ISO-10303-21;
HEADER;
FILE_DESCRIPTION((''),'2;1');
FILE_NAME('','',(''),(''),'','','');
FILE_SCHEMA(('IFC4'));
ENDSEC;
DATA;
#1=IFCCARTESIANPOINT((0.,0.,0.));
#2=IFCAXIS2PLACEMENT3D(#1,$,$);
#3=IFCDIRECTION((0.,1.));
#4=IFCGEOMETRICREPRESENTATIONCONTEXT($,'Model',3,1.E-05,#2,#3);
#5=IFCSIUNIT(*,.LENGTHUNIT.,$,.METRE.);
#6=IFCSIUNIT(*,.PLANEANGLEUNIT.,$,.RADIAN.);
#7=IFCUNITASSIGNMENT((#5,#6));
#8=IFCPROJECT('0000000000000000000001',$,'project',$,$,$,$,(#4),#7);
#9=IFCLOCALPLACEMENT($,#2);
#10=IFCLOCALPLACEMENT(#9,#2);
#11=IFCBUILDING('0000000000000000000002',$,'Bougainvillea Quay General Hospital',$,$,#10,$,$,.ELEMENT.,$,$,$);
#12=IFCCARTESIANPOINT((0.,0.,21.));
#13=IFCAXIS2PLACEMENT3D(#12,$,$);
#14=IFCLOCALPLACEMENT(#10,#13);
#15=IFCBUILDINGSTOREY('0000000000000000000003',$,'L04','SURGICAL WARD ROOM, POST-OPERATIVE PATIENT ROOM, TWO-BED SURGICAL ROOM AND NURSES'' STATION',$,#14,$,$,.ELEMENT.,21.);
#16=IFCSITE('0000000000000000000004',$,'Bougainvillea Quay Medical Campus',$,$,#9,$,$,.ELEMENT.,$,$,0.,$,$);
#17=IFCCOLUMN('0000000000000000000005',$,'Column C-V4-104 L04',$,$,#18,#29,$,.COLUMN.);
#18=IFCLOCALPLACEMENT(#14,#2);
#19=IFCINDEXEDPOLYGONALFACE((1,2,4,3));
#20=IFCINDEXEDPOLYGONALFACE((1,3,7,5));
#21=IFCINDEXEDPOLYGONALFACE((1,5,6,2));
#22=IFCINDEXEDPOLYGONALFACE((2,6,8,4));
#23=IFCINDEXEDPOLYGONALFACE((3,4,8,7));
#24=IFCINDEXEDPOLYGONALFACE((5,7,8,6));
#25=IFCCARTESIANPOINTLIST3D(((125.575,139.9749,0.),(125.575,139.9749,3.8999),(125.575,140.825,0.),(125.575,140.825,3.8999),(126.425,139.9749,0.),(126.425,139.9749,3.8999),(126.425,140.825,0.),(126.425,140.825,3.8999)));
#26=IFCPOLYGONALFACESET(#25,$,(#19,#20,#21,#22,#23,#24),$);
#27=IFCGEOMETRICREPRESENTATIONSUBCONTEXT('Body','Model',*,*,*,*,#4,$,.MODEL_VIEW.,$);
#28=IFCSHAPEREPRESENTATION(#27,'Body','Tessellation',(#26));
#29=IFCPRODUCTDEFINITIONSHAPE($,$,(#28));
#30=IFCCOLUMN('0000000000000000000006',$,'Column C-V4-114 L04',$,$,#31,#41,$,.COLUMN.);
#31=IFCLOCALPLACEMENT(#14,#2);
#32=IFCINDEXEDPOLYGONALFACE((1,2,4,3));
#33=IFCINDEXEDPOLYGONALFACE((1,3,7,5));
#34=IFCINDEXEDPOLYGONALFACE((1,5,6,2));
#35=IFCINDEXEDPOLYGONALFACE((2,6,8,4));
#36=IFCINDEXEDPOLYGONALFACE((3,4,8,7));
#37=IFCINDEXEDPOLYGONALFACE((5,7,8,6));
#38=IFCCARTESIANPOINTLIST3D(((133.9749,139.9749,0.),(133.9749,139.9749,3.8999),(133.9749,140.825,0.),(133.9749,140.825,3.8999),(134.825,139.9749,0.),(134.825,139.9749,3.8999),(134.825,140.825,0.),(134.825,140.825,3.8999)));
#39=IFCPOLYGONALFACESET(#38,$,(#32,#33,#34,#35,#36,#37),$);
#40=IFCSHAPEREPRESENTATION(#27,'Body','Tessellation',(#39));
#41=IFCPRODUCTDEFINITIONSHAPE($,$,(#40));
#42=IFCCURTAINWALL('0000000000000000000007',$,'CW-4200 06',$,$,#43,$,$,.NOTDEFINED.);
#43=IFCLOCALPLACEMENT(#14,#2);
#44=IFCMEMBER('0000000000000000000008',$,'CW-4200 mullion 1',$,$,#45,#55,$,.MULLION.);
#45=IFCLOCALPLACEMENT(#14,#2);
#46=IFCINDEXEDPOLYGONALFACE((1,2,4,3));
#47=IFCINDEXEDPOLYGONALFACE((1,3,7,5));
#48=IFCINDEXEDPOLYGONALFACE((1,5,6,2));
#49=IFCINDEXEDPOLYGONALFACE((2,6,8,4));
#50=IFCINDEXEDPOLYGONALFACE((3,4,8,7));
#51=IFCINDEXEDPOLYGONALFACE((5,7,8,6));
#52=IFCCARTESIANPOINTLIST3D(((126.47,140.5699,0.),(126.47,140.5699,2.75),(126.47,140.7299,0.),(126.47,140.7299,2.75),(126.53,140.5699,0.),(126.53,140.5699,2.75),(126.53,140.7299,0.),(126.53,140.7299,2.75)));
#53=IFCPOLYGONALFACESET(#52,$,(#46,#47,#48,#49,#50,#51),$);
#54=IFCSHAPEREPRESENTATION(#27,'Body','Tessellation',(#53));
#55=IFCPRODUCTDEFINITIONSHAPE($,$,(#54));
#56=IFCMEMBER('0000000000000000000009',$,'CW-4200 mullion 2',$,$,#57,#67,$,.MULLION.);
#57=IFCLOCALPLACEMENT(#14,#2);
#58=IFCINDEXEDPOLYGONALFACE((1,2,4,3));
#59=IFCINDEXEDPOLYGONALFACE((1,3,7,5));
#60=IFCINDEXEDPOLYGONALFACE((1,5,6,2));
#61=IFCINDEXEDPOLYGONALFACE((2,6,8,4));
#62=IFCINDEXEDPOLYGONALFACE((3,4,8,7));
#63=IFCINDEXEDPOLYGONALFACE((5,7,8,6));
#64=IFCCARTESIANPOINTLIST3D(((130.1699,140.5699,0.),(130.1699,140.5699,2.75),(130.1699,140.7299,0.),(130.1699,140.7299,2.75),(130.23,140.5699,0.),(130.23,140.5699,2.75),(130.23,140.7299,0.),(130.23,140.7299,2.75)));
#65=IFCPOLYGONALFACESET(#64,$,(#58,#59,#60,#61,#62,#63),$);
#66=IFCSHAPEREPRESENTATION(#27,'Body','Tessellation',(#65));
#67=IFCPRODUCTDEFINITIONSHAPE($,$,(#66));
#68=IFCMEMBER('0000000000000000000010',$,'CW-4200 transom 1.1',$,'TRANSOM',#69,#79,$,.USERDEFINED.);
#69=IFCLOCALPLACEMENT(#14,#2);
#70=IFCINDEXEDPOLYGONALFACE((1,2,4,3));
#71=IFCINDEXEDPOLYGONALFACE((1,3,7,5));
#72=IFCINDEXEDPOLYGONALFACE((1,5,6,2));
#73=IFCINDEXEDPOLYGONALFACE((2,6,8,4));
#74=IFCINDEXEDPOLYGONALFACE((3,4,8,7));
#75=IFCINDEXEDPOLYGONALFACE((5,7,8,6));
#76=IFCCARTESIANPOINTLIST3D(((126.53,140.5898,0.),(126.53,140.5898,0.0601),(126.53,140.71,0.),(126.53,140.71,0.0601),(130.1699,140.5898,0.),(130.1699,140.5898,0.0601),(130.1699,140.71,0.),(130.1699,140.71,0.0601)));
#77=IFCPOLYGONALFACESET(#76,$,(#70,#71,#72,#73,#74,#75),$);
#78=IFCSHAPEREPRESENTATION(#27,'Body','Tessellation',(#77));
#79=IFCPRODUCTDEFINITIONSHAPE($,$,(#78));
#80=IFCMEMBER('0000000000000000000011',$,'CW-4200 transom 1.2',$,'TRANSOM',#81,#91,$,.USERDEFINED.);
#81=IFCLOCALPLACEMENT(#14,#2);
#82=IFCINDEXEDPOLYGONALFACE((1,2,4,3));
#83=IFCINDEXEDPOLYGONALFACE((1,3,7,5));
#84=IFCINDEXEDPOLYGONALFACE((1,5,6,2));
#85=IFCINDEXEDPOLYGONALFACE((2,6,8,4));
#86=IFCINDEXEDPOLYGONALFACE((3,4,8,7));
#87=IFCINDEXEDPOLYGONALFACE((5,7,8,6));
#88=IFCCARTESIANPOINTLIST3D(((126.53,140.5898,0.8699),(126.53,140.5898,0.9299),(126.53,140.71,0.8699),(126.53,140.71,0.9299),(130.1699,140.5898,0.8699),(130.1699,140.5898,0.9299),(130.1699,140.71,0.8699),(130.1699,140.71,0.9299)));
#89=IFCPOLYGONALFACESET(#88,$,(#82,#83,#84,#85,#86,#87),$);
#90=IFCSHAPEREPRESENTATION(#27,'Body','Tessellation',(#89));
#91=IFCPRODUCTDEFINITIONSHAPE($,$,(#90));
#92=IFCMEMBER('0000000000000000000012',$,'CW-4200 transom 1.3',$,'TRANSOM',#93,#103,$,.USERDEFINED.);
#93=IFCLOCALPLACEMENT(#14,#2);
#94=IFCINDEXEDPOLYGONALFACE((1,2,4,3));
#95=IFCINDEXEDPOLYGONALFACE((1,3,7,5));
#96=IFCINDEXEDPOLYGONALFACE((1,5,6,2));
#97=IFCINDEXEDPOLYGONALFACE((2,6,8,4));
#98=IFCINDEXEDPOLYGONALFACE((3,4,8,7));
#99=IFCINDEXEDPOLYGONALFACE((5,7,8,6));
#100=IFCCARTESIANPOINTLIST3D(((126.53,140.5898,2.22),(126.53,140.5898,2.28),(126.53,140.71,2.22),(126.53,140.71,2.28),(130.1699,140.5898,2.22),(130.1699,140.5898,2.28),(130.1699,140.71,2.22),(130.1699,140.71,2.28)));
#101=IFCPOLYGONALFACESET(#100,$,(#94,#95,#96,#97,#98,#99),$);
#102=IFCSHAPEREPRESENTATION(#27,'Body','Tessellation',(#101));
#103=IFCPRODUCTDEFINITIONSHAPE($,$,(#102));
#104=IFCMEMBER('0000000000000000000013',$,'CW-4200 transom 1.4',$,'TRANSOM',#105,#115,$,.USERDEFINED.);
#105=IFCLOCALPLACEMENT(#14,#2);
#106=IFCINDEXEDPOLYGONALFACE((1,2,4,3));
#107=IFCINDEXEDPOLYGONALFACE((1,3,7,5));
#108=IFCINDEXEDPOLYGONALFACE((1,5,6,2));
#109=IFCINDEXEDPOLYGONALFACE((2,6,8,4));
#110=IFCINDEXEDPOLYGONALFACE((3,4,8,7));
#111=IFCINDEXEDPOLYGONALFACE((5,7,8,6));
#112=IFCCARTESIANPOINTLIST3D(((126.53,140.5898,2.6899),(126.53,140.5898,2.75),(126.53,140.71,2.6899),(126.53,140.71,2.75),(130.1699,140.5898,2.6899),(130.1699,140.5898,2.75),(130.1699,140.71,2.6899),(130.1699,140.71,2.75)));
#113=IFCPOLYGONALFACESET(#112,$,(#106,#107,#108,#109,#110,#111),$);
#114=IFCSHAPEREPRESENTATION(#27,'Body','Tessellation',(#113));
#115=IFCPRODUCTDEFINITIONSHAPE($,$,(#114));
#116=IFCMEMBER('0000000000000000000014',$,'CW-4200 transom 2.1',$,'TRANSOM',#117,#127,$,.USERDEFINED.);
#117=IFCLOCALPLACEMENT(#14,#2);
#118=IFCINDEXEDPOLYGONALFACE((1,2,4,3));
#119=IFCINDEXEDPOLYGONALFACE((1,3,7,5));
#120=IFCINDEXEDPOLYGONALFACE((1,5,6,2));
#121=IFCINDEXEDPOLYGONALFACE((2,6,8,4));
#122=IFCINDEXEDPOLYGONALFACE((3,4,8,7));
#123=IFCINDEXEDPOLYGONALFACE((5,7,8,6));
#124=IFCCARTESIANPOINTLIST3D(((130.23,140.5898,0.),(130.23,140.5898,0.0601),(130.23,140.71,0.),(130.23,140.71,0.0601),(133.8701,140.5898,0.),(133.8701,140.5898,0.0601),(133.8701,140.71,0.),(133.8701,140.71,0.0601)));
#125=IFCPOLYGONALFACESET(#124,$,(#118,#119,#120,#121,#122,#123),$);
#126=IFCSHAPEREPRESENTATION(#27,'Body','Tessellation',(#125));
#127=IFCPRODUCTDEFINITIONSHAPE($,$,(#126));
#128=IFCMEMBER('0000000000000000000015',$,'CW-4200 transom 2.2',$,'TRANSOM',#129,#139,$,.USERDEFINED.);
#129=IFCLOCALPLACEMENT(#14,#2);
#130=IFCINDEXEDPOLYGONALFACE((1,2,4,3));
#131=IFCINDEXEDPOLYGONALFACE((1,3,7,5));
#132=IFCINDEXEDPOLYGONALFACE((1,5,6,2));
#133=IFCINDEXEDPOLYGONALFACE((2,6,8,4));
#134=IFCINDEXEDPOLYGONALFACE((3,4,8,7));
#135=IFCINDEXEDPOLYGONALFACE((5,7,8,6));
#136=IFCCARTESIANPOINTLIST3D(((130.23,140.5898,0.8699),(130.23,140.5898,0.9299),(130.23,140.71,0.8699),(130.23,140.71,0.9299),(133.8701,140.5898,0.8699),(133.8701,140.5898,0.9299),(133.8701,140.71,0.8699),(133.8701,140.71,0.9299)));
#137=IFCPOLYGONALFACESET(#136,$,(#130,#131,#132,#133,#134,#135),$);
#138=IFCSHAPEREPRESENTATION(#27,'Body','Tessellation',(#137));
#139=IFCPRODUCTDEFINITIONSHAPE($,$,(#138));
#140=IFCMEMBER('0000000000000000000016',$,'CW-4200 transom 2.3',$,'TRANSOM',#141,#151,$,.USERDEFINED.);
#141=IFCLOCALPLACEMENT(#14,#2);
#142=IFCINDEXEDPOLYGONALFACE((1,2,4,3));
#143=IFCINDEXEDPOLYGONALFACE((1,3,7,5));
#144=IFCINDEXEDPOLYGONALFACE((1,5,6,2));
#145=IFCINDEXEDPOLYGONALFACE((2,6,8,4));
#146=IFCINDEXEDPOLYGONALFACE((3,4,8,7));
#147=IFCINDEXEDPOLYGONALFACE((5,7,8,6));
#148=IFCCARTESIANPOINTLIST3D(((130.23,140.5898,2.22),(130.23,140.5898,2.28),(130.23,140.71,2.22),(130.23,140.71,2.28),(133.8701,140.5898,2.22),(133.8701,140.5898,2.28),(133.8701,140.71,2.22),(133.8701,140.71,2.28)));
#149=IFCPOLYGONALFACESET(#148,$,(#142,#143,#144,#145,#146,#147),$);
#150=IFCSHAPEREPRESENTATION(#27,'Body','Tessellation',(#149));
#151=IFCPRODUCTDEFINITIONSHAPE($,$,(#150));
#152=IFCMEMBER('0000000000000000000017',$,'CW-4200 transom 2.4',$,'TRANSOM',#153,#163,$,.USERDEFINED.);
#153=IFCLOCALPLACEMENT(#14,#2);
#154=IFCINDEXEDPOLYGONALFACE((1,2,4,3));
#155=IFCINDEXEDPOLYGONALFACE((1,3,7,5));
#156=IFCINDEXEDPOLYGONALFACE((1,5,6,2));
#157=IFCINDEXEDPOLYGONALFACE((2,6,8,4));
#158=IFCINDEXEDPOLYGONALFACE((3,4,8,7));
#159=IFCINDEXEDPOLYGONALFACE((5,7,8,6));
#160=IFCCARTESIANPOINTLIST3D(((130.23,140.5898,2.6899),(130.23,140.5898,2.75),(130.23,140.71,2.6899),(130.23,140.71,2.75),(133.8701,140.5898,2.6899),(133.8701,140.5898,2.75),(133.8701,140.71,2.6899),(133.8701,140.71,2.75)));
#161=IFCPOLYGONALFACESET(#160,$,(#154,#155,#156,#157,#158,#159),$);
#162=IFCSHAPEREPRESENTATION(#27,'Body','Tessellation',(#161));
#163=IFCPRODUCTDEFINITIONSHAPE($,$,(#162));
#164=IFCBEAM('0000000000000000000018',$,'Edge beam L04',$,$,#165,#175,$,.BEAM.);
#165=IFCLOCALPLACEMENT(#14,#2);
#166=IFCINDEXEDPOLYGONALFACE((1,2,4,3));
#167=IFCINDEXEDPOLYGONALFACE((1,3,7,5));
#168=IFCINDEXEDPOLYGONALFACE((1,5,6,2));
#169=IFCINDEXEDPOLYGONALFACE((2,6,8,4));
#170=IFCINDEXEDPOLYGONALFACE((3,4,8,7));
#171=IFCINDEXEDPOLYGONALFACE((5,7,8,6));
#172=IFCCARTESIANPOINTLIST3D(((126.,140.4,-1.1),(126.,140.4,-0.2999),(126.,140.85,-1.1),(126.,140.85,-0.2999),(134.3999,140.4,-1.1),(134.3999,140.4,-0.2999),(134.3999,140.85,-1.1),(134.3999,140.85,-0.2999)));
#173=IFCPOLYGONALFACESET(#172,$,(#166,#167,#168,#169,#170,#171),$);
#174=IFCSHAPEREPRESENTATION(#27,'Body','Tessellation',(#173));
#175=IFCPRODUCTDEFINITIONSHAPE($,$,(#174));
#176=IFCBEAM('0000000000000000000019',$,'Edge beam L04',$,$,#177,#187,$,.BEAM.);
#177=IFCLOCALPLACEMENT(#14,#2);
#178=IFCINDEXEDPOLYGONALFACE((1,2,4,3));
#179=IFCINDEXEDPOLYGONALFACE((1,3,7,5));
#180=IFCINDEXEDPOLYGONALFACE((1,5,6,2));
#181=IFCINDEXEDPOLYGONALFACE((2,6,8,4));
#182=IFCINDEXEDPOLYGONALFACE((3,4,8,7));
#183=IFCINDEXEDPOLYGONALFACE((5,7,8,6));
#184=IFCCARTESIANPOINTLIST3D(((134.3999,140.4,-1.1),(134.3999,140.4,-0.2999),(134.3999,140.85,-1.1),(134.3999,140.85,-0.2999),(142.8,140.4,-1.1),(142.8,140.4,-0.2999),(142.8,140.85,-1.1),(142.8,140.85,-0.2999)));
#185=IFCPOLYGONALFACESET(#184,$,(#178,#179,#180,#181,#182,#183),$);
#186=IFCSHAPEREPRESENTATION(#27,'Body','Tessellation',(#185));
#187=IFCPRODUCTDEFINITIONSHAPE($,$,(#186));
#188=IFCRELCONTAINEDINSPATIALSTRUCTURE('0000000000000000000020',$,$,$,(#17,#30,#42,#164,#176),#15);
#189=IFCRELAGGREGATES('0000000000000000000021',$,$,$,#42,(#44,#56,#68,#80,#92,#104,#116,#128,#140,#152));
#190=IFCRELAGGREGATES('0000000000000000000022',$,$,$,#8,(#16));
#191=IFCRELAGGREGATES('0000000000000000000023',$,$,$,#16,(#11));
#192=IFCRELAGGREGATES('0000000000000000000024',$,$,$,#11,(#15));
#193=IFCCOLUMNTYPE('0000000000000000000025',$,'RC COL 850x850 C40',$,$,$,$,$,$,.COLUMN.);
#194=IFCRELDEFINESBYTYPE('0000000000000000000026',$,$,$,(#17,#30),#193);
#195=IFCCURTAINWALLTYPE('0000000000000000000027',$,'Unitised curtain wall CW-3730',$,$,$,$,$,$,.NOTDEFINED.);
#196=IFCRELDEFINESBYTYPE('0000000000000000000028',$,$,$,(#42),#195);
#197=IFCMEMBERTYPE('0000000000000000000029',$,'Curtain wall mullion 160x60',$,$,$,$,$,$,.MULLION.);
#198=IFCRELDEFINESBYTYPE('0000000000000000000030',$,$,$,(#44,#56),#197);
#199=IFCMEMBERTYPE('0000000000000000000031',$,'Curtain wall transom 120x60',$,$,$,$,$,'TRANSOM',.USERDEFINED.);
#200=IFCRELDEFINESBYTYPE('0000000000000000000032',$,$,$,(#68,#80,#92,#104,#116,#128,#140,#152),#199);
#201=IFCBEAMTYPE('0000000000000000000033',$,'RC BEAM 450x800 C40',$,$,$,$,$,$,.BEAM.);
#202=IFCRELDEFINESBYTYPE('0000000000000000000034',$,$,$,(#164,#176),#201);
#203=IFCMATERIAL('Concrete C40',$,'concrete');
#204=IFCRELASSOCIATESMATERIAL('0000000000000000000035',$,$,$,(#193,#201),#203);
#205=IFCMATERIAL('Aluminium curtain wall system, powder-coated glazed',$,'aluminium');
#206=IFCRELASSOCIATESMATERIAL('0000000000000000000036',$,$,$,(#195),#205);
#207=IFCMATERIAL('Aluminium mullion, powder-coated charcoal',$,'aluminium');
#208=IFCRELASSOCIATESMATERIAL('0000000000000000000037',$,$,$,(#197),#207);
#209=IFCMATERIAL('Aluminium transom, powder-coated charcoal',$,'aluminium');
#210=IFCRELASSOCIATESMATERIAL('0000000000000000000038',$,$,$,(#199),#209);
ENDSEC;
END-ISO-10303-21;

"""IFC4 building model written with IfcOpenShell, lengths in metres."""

from ifc_helpers import new_model, si_unit, direction, frame, origin, origin_2d, place, context, subcontext, project, spatial, rectangle, extrude, material, material_profile, profile_set, type_object, element, aggregate, save


model = new_model("IFC4")

# Units and contexts
model_context = context("Model", 3, precision=1e-05, world=origin(), true_north=direction((0.0, 1.0)))
body_context = subcontext(model_context, "Body", "Model", "MODEL_VIEW")
ifc_project = project(units=[si_unit("LENGTHUNIT", "METRE"), si_unit("PLANEANGLEUNIT", "RADIAN")], contexts=[model_context])

# Site, building, storey
site_placement = place(None, origin())
site = spatial("IfcSite", under=ifc_project, at=site_placement, Name="Bougainvillea Quay Medical Campus", CompositionType="ELEMENT", RefElevation=0.0)
building_placement = place(site_placement, origin())
building = spatial("IfcBuilding", under=site, at=building_placement, Name="Bougainvillea Quay General Hospital", CompositionType="ELEMENT")
storey_placement = place(building_placement, frame((0.0, 0.0, 21.0)))
storey = spatial("IfcBuildingStorey", under=building, at=storey_placement, Name="L04", Description="SURGICAL WARD ROOM, POST-OPERATIVE PATIENT ROOM, TWO-BED SURGICAL ROOM AND NURSES' STATION", CompositionType="ELEMENT", Elevation=21.0)

# Columns
ifc_material_1 = material(Name="Concrete C40", Category="concrete")
ifc_material_profile_1 = material_profile(ifc_material_1, rectangle(XDim=0.8501, YDim=0.8501, at=origin_2d()))
ifc_profile_set_1 = profile_set([ifc_material_profile_1], Name="Concrete C40")
column_type = type_object("IfcColumnType", Name="RC COL 850x850 C40", PredefinedType="COLUMN", material=ifc_profile_set_1)
for number, where, z_axis, x_axis, name in (
    (1, (126.0, 140.3999, 0.0), (0.0, 0.0, 1.0), (1.0, 0.0, 0.0), "Column C-V4-104 L04"),
    (2, (134.3999, 140.3999, 0.0), (0.0, 0.0, 1.0), (1.0, 0.0, 0.0), "Column C-V4-114 L04"),
):
    element("IfcColumn", number, at=place(storey_placement, frame(where, z_axis=z_axis, x_axis=x_axis)), inside=storey, type_object=column_type, Name=name, PredefinedType="COLUMN", context=body_context, shape_type="SweptSolid", body=[
        extrude(rectangle(XDim=0.8501, YDim=0.8501, at=origin_2d()), origin(), (0.0, 0.0, 1.0), 3.8999),
    ])

# Curtain wall, members
ifc_material_2 = material(Name="Aluminium curtain wall system, powder-coated glazed", Category="aluminium")
curtain_wall_type = type_object("IfcCurtainWallType", Name="Unitised curtain wall CW-3730", PredefinedType="NOTDEFINED", material=ifc_material_2)
curtain_wall_placement = place(storey_placement, origin())
curtain_wall = element("IfcCurtainWall", 3, at=curtain_wall_placement, inside=storey, type_object=curtain_wall_type, Name="CW-4200 06", PredefinedType="NOTDEFINED")
ifc_material_3 = material(Name="Aluminium mullion, powder-coated charcoal", Category="aluminium")
ifc_material_profile_2 = material_profile(ifc_material_3, rectangle(XDim=0.1599, YDim=0.0601, at=origin_2d()))
ifc_profile_set_2 = profile_set([ifc_material_profile_2], Name="Aluminium mullion, powder-coated charcoal")
member_type_1 = type_object("IfcMemberType", Name="Curtain wall mullion 160x60", PredefinedType="MULLION", material=ifc_profile_set_2)
member_1_placement = place(storey_placement, frame((126.5, 140.6499, 0.0), z_axis=(0.0, 0.0, 1.0), x_axis=(0.0, 1.0, 0.0)))
member_1 = element("IfcMember", 4, at=member_1_placement, type_object=member_type_1, Name="CW-4200 mullion 1", PredefinedType="MULLION", context=body_context, shape_type="SweptSolid", body=[
    extrude(rectangle(XDim=0.1599, YDim=0.0601, at=origin_2d()), origin(), (0.0, 0.0, 1.0), 2.75),
])
member_2_placement = place(storey_placement, frame((130.2, 140.6499, 0.0), z_axis=(0.0, 0.0, 1.0), x_axis=(0.0, 1.0, 0.0)))
member_2 = element("IfcMember", 5, at=member_2_placement, type_object=member_type_1, Name="CW-4200 mullion 2", PredefinedType="MULLION", context=body_context, shape_type="SweptSolid", body=[
    extrude(rectangle(XDim=0.1599, YDim=0.0601, at=origin_2d()), origin(), (0.0, 0.0, 1.0), 2.75),
])
ifc_material_4 = material(Name="Aluminium transom, powder-coated charcoal", Category="aluminium")
ifc_material_profile_3 = material_profile(ifc_material_4, rectangle(XDim=0.1201, YDim=0.0601, at=origin_2d()))
ifc_profile_set_3 = profile_set([ifc_material_profile_3], Name="Aluminium transom, powder-coated charcoal")
member_type_2 = type_object("IfcMemberType", Name="Curtain wall transom 120x60", ElementType="TRANSOM", PredefinedType="USERDEFINED", material=ifc_profile_set_3)
member_3_placement = place(storey_placement, frame((126.53, 140.6499, 0.03), z_axis=(1.0, 0.0, 0.0), x_axis=(0.0, 1.0, 0.0)))
member_3 = element("IfcMember", 6, at=member_3_placement, type_object=member_type_2, Name="CW-4200 transom 1.1", ObjectType="TRANSOM", PredefinedType="USERDEFINED", context=body_context, shape_type="SweptSolid", body=[
    extrude(rectangle(XDim=0.1201, YDim=0.0601, at=origin_2d()), origin(), (0.0, 0.0, 1.0), 3.6399),
])
member_4_placement = place(storey_placement, frame((126.53, 140.6499, 0.8999), z_axis=(1.0, 0.0, 0.0), x_axis=(0.0, 1.0, 0.0)))
member_4 = element("IfcMember", 7, at=member_4_placement, type_object=member_type_2, Name="CW-4200 transom 1.2", ObjectType="TRANSOM", PredefinedType="USERDEFINED", context=body_context, shape_type="SweptSolid", body=[
    extrude(rectangle(XDim=0.1201, YDim=0.0601, at=origin_2d()), origin(), (0.0, 0.0, 1.0), 3.6399),
])
member_5_placement = place(storey_placement, frame((126.53, 140.6499, 2.25), z_axis=(1.0, 0.0, 0.0), x_axis=(0.0, 1.0, 0.0)))
member_5 = element("IfcMember", 8, at=member_5_placement, type_object=member_type_2, Name="CW-4200 transom 1.3", ObjectType="TRANSOM", PredefinedType="USERDEFINED", context=body_context, shape_type="SweptSolid", body=[
    extrude(rectangle(XDim=0.1201, YDim=0.0601, at=origin_2d()), origin(), (0.0, 0.0, 1.0), 3.6399),
])
member_6_placement = place(storey_placement, frame((126.53, 140.6499, 2.72), z_axis=(1.0, 0.0, 0.0), x_axis=(0.0, 1.0, 0.0)))
member_6 = element("IfcMember", 9, at=member_6_placement, type_object=member_type_2, Name="CW-4200 transom 1.4", ObjectType="TRANSOM", PredefinedType="USERDEFINED", context=body_context, shape_type="SweptSolid", body=[
    extrude(rectangle(XDim=0.1201, YDim=0.0601, at=origin_2d()), origin(), (0.0, 0.0, 1.0), 3.6399),
])
member_7_placement = place(storey_placement, frame((130.23, 140.6499, 0.03), z_axis=(1.0, 0.0, 0.0), x_axis=(0.0, 1.0, 0.0)))
member_7 = element("IfcMember", 10, at=member_7_placement, type_object=member_type_2, Name="CW-4200 transom 2.1", ObjectType="TRANSOM", PredefinedType="USERDEFINED", context=body_context, shape_type="SweptSolid", body=[
    extrude(rectangle(XDim=0.1201, YDim=0.0601, at=origin_2d()), origin(), (0.0, 0.0, 1.0), 3.6401),
])
member_8_placement = place(storey_placement, frame((130.23, 140.6499, 0.8999), z_axis=(1.0, 0.0, 0.0), x_axis=(0.0, 1.0, 0.0)))
member_8 = element("IfcMember", 11, at=member_8_placement, type_object=member_type_2, Name="CW-4200 transom 2.2", ObjectType="TRANSOM", PredefinedType="USERDEFINED", context=body_context, shape_type="SweptSolid", body=[
    extrude(rectangle(XDim=0.1201, YDim=0.0601, at=origin_2d()), origin(), (0.0, 0.0, 1.0), 3.6401),
])
member_9_placement = place(storey_placement, frame((130.23, 140.6499, 2.25), z_axis=(1.0, 0.0, 0.0), x_axis=(0.0, 1.0, 0.0)))
member_9 = element("IfcMember", 12, at=member_9_placement, type_object=member_type_2, Name="CW-4200 transom 2.3", ObjectType="TRANSOM", PredefinedType="USERDEFINED", context=body_context, shape_type="SweptSolid", body=[
    extrude(rectangle(XDim=0.1201, YDim=0.0601, at=origin_2d()), origin(), (0.0, 0.0, 1.0), 3.6401),
])
member_10_placement = place(storey_placement, frame((130.23, 140.6499, 2.72), z_axis=(1.0, 0.0, 0.0), x_axis=(0.0, 1.0, 0.0)))
member_10 = element("IfcMember", 13, at=member_10_placement, type_object=member_type_2, Name="CW-4200 transom 2.4", ObjectType="TRANSOM", PredefinedType="USERDEFINED", context=body_context, shape_type="SweptSolid", body=[
    extrude(rectangle(XDim=0.1201, YDim=0.0601, at=origin_2d()), origin(), (0.0, 0.0, 1.0), 3.6401),
])

# Beams
ifc_material_profile_4 = material_profile(ifc_material_1, rectangle(XDim=0.45, YDim=0.8, at=origin_2d()))
ifc_profile_set_4 = profile_set([ifc_material_profile_4], Name="Concrete C40")
beam_type = type_object("IfcBeamType", Name="RC BEAM 450x800 C40", PredefinedType="BEAM", material=ifc_profile_set_4)
beam_1_placement = place(storey_placement, frame((126.0, 140.625, -0.7), z_axis=(1.0, 0.0, 0.0), x_axis=(0.0, 1.0, 0.0)))
element("IfcBeam", 14, at=beam_1_placement, inside=storey, type_object=beam_type, Name="Edge beam L04", PredefinedType="BEAM", context=body_context, shape_type="SweptSolid", body=[
    extrude(rectangle(XDim=0.45, YDim=0.8, at=origin_2d()), origin(), (0.0, 0.0, 1.0), 8.3999),
])
beam_2_placement = place(storey_placement, frame((134.3999, 140.625, -0.7), z_axis=(1.0, 0.0, 0.0), x_axis=(0.0, 1.0, 0.0)))
element("IfcBeam", 15, at=beam_2_placement, inside=storey, type_object=beam_type, Name="Edge beam L04", PredefinedType="BEAM", context=body_context, shape_type="SweptSolid", body=[
    extrude(rectangle(XDim=0.45, YDim=0.8, at=origin_2d()), origin(), (0.0, 0.0, 1.0), 8.4001),
])

aggregate(curtain_wall, [member_1, member_2, member_3, member_4, member_5, member_6, member_7, member_8, member_9, member_10])

save(model, "model.ifc")
